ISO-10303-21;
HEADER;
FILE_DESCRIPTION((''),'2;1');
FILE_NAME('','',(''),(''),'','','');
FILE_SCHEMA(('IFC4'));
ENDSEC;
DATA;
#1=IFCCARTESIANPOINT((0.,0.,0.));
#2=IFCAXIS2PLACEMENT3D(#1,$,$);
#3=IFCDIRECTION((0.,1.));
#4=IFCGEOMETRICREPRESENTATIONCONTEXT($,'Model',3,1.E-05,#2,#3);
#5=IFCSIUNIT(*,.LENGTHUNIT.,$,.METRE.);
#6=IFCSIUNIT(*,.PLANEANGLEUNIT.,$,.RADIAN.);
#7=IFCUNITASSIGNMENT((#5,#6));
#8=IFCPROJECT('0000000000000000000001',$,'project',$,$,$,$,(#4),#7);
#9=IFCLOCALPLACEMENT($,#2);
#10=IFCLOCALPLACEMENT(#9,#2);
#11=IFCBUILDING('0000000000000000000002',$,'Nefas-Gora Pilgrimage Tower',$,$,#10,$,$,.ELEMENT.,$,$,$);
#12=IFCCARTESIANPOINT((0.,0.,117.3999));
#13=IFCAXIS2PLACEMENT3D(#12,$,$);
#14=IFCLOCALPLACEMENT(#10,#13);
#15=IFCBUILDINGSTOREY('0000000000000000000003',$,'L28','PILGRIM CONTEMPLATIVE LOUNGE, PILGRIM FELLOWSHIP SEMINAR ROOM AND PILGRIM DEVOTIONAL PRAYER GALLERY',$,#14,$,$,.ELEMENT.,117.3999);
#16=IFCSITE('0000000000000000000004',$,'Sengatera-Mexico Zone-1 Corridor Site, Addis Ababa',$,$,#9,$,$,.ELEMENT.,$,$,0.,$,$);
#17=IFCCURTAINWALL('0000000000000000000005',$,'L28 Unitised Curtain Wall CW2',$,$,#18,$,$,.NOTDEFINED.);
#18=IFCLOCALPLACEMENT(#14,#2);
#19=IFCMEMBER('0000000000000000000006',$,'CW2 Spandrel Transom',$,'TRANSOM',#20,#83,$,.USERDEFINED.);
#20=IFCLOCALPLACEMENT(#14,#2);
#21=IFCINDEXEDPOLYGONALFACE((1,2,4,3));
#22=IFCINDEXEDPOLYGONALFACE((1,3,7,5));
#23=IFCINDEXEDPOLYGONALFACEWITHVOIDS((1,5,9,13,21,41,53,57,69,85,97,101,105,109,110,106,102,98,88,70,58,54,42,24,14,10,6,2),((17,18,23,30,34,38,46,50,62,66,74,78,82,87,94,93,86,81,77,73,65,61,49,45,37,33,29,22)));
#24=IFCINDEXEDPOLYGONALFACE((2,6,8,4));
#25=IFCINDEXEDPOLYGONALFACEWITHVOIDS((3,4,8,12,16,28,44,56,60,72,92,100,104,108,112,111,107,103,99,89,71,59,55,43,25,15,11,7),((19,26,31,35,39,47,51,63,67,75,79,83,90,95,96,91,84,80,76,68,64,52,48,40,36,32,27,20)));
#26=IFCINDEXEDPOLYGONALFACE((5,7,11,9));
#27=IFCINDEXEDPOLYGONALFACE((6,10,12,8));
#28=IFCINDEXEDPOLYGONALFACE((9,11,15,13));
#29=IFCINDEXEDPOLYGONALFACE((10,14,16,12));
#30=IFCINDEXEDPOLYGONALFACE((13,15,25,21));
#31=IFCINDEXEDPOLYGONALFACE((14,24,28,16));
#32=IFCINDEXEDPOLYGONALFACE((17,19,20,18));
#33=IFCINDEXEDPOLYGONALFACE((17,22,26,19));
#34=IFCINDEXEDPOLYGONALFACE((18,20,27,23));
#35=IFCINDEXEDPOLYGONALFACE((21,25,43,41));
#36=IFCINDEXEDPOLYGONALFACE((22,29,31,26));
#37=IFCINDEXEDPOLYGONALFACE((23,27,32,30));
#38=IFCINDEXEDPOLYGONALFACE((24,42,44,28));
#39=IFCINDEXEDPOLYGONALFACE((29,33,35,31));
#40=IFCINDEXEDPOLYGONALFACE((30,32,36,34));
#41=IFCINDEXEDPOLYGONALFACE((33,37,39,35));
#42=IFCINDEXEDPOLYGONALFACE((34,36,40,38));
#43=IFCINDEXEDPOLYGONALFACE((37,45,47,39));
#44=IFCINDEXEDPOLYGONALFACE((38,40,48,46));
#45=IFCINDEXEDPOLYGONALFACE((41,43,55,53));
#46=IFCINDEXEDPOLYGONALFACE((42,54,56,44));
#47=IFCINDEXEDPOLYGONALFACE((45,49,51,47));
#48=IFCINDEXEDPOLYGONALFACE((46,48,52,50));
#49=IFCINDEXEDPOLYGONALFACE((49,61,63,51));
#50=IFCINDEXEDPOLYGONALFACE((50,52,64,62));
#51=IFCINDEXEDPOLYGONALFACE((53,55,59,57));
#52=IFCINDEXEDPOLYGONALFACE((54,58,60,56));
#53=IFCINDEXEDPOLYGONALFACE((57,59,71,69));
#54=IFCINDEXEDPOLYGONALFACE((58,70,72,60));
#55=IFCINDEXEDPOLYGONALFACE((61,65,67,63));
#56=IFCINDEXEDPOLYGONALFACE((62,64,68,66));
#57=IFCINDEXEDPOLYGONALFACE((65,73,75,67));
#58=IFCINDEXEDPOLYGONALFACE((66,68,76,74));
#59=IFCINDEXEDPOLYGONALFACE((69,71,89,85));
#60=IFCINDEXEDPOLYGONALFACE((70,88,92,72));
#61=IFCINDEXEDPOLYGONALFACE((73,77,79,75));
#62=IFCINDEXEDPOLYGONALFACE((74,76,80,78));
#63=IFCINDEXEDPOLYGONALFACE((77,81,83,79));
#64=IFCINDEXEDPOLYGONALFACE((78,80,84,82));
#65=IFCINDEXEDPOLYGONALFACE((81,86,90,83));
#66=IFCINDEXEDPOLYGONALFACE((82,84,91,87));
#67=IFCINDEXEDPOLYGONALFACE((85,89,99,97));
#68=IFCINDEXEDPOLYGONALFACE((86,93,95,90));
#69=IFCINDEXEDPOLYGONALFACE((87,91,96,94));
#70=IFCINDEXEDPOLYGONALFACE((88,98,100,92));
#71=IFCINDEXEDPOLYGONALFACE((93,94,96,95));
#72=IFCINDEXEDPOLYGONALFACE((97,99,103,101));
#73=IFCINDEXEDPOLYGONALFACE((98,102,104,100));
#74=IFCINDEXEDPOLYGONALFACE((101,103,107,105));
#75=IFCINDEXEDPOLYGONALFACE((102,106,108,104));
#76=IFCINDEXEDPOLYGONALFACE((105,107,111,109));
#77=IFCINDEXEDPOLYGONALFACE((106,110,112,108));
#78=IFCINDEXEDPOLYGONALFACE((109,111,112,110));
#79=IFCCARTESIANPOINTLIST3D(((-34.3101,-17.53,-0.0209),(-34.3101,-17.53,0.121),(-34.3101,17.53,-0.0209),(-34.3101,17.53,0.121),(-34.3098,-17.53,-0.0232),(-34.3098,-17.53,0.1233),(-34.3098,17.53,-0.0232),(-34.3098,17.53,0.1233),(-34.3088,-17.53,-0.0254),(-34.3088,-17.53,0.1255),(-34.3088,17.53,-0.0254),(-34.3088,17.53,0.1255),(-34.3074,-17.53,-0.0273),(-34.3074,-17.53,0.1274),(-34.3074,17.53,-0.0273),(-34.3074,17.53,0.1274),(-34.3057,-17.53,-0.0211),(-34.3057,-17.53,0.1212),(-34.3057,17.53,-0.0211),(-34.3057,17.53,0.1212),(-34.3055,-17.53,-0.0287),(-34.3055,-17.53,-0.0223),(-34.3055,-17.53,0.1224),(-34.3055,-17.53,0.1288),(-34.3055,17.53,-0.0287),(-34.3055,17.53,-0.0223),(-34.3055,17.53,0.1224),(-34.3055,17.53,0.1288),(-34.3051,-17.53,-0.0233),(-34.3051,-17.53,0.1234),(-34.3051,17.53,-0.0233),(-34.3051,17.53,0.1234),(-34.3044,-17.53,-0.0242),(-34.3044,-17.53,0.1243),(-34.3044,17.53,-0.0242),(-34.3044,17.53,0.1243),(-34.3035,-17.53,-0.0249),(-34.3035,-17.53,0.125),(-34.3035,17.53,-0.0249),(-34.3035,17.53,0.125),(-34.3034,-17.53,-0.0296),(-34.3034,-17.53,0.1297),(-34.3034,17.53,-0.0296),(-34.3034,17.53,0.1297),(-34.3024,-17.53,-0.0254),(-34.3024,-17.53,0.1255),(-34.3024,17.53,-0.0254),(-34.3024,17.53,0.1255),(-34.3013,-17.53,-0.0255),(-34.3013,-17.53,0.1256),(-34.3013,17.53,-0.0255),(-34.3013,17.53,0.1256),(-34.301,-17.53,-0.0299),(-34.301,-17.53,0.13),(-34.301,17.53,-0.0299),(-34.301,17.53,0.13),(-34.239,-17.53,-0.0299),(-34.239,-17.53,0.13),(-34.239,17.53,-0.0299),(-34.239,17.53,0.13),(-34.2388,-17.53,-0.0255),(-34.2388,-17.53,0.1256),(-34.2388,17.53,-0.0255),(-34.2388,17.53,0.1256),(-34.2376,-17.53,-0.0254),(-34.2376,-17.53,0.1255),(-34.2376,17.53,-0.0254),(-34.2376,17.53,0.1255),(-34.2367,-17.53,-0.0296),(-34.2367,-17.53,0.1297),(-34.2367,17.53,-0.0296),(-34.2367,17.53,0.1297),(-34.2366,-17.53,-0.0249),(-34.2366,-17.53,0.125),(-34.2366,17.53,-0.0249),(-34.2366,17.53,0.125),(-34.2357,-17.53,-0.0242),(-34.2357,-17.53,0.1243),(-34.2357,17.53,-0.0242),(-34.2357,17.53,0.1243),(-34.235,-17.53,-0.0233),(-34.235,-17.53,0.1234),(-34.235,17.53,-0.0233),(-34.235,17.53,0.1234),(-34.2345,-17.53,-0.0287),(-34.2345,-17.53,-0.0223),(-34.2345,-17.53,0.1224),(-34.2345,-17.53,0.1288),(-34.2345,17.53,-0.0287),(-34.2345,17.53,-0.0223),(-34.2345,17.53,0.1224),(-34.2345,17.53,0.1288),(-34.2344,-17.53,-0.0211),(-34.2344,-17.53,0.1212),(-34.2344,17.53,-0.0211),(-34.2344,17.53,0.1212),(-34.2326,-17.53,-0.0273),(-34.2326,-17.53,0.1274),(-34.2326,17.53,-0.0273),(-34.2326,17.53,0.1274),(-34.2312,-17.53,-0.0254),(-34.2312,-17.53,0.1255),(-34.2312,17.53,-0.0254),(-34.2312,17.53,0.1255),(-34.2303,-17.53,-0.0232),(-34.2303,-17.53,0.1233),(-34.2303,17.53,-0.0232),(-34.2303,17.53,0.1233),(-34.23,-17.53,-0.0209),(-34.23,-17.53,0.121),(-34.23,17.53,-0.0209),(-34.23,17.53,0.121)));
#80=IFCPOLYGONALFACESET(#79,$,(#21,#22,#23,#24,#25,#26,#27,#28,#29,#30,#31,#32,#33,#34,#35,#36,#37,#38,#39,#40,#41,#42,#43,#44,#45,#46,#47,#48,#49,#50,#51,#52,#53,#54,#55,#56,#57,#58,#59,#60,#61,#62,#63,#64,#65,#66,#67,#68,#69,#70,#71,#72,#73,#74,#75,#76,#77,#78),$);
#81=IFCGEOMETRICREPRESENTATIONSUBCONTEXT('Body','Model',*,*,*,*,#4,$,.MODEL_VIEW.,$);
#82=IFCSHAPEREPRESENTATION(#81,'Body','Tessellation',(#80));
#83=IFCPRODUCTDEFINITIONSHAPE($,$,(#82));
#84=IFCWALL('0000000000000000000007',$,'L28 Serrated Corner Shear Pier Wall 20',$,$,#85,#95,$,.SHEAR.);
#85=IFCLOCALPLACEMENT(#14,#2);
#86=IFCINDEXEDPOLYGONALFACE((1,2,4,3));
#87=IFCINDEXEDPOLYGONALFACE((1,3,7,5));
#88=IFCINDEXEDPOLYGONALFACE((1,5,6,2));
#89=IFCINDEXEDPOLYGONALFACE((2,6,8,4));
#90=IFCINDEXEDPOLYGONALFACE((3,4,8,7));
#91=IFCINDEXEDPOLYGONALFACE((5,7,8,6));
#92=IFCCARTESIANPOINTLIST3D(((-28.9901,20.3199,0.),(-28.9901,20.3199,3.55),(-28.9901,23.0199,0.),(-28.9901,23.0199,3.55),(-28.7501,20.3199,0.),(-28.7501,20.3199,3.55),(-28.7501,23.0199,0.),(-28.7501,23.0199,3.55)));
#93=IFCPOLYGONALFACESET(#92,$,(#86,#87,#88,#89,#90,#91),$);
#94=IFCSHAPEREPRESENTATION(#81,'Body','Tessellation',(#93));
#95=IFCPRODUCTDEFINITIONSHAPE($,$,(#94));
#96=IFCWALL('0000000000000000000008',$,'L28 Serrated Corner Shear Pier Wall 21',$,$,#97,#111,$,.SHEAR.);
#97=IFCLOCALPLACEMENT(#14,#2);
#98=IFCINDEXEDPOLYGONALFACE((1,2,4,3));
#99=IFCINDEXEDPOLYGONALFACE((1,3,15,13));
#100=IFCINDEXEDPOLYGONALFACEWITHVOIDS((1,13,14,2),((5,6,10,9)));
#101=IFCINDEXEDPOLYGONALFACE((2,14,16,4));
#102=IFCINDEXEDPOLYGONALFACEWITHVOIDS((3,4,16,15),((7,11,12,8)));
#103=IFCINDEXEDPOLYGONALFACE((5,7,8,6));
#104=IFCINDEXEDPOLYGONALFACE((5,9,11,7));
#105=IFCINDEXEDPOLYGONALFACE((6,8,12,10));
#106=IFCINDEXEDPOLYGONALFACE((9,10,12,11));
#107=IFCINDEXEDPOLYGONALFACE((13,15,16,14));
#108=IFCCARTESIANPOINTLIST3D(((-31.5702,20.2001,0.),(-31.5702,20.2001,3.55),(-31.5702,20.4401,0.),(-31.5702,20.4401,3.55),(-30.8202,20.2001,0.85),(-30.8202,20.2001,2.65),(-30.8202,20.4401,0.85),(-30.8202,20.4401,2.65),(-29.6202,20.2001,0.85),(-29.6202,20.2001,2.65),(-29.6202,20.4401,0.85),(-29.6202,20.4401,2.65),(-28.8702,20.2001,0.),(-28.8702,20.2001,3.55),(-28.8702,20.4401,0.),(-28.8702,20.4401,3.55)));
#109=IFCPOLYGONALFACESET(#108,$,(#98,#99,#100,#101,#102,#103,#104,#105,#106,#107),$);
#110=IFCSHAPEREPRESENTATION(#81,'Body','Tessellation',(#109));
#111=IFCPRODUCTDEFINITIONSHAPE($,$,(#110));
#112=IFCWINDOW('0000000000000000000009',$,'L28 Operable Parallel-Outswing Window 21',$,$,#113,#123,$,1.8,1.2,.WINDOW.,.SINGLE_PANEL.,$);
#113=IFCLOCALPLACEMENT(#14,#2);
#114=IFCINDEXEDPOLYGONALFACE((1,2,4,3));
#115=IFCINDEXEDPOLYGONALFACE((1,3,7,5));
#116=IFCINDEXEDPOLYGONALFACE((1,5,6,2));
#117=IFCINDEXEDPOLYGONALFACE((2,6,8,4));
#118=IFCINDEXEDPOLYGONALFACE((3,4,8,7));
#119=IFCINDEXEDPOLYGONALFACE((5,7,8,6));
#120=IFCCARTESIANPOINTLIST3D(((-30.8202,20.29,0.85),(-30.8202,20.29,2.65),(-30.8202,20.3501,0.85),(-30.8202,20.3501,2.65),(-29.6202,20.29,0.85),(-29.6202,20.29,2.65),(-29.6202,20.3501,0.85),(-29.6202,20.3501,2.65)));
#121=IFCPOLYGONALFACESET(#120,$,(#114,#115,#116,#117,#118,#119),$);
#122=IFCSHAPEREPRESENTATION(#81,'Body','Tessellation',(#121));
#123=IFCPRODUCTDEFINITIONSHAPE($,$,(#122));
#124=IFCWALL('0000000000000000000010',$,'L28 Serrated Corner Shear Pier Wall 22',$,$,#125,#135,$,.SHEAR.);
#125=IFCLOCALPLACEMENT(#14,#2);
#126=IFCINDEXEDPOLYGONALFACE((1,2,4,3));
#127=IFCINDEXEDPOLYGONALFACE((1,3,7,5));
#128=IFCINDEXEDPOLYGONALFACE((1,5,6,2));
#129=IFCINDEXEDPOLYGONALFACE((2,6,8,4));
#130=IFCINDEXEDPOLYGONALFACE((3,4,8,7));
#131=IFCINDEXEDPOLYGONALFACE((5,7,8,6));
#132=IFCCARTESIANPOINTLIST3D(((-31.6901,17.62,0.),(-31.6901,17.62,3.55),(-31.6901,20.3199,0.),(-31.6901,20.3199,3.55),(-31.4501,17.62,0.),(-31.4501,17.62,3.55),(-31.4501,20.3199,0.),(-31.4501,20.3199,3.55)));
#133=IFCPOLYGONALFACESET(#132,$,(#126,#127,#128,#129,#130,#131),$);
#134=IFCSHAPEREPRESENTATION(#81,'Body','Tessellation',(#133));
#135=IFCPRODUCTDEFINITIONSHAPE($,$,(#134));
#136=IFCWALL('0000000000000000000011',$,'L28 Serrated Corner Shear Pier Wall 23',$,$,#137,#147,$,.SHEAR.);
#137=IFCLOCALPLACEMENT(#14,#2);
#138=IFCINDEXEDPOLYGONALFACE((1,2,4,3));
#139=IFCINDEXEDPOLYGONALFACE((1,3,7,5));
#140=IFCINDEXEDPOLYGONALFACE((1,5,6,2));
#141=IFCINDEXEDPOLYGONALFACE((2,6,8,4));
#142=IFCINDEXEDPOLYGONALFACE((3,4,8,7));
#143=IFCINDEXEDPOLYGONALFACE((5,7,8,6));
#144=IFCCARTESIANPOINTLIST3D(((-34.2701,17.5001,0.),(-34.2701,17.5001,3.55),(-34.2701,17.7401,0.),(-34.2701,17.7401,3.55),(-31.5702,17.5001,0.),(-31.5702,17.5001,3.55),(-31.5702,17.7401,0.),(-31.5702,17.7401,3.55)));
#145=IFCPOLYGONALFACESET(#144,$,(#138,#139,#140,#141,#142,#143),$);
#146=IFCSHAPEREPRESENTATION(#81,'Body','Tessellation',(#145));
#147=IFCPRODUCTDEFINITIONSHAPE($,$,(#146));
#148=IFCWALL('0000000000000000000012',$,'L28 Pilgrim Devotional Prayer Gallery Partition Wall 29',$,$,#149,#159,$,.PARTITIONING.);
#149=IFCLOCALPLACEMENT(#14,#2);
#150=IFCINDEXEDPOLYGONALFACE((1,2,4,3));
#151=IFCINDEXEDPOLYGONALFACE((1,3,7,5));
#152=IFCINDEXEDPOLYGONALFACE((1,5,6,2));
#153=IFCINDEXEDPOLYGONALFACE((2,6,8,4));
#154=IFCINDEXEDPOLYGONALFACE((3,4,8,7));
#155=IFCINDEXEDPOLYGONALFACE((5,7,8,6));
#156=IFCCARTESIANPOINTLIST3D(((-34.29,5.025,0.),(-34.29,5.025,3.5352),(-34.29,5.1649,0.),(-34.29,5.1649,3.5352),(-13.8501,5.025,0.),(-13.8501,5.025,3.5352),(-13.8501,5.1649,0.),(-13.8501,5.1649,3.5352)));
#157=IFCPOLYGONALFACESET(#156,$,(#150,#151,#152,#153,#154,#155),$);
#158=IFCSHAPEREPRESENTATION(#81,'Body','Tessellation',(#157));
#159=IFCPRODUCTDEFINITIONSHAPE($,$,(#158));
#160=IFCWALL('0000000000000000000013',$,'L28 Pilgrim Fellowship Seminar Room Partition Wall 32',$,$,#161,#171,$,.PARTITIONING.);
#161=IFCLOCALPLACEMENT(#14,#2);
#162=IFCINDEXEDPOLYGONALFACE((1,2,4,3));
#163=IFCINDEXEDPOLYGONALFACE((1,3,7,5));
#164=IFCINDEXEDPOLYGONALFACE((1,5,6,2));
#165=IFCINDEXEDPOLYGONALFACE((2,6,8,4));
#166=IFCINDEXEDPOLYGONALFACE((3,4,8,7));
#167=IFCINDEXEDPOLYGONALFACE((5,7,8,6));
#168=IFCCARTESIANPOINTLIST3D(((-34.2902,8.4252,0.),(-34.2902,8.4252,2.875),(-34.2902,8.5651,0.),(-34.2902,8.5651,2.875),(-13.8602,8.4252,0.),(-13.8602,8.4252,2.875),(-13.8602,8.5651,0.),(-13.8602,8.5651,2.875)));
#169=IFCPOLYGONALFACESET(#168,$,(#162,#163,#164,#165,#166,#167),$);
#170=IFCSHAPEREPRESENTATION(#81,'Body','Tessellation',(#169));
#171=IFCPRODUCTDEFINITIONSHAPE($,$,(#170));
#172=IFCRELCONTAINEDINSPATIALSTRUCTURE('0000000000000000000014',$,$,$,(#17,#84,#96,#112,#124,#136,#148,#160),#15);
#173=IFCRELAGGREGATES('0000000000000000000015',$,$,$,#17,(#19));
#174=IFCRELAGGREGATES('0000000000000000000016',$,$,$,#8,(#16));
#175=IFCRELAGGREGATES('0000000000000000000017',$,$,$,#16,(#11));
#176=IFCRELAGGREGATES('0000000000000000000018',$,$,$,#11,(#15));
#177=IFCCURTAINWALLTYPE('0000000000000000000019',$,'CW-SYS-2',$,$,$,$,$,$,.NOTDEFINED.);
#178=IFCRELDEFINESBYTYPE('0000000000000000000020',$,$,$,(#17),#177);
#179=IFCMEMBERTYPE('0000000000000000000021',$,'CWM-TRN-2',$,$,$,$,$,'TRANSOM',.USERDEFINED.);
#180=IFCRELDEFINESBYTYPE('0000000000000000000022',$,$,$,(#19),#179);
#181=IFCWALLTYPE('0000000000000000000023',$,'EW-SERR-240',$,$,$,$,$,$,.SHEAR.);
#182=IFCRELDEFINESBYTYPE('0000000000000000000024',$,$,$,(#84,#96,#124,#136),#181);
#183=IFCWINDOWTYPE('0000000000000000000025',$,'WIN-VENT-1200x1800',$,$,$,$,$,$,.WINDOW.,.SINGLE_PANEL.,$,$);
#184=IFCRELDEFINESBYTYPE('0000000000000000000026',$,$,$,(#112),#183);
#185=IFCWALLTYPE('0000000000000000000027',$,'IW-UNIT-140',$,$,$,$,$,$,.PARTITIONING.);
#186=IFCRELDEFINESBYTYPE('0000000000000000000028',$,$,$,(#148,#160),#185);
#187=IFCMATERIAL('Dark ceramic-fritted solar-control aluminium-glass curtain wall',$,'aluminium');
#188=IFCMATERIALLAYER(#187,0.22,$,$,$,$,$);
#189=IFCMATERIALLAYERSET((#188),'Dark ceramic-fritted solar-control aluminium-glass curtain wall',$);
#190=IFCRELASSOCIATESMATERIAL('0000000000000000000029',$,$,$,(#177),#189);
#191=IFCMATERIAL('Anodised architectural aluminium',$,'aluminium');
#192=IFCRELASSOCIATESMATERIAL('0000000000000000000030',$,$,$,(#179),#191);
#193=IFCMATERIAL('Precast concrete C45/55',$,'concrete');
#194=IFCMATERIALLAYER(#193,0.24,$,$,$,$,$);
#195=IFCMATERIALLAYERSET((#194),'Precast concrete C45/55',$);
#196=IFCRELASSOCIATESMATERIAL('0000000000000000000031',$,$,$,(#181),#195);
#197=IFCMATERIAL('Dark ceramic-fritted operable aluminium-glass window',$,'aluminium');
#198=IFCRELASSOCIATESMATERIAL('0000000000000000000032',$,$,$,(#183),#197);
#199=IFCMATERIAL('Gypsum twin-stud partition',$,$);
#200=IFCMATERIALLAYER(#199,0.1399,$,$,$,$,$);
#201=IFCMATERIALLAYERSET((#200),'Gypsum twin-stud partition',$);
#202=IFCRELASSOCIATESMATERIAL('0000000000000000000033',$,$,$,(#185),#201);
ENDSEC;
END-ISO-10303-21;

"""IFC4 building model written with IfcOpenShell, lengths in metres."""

from ifc_helpers import new_model, si_unit, direction, frame, frame_2d, origin, origin_2d, place, context, subcontext, project, spatial, rectangle, hollow_rectangle, extrude, source, transform, mapped, material, layer, layer_set, material_profile, profile_set, type_object, element, fill, aggregate, save


model = new_model("IFC4")

# Units and contexts
model_context = context("Model", 3, precision=1e-05, world=origin(), true_north=direction((0.0, 1.0)))
body_context = subcontext(model_context, "Body", "Model", "MODEL_VIEW")
ifc_project = project(units=[si_unit("LENGTHUNIT", "METRE"), si_unit("PLANEANGLEUNIT", "RADIAN")], contexts=[model_context])

# Site, building, storey
site_placement = place(None, origin())
site = spatial("IfcSite", under=ifc_project, at=site_placement, Name="Sengatera-Mexico Zone-1 Corridor Site, Addis Ababa", CompositionType="ELEMENT", RefElevation=0.0)
building_placement = place(site_placement, origin())
building = spatial("IfcBuilding", under=site, at=building_placement, Name="Nefas-Gora Pilgrimage Tower", CompositionType="ELEMENT")
storey_placement = place(building_placement, frame((0.0, 0.0, 117.3999)))
storey = spatial("IfcBuildingStorey", under=building, at=storey_placement, Name="L28", Description="PILGRIM CONTEMPLATIVE LOUNGE, PILGRIM FELLOWSHIP SEMINAR ROOM AND PILGRIM DEVOTIONAL PRAYER GALLERY", CompositionType="ELEMENT", Elevation=117.3999)

# Shared definitions
ifc_material_1 = material(Name="Dark ceramic-fritted solar-control aluminium-glass curtain wall", Category="aluminium")
ifc_layer_1 = layer(ifc_material_1, 0.22)
ifc_layer_set_1 = layer_set([ifc_layer_1], Name="Dark ceramic-fritted solar-control aluminium-glass curtain wall")
curtain_wall_type = type_object("IfcCurtainWallType", Name="CW-SYS-2", PredefinedType="NOTDEFINED", material=ifc_layer_set_1)
ifc_material_2 = material(Name="Anodised architectural aluminium", Category="aluminium")

# Curtain wall, member
curtain_wall_1_placement = place(storey_placement, origin())
curtain_wall_1 = element("IfcCurtainWall", 1, at=curtain_wall_1_placement, inside=storey, type_object=curtain_wall_type, Name="L28 Unitised Curtain Wall CW2", PredefinedType="NOTDEFINED")
ifc_material_profile_1 = material_profile(ifc_material_2, hollow_rectangle(XDim=0.0801, YDim=0.1599, WallThickness=0.0044, InnerFilletRadius=0.0044, OuterFilletRadius=0.009, at=origin_2d()), Name="ALU TRANSOM 80x160")
ifc_profile_set_1 = profile_set([ifc_material_profile_1], Name="Anodised architectural aluminium")
member_type_1 = type_object("IfcMemberType", Name="CWM-TRN-2", ElementType="TRANSOM", PredefinedType="USERDEFINED", material=ifc_profile_set_1)
shared_shape_1 = source(origin(), body_context, "Body", "SweptSolid", [
    extrude(hollow_rectangle(XDim=0.0801, YDim=0.1599, WallThickness=0.0044, InnerFilletRadius=0.0044, OuterFilletRadius=0.009, at=origin_2d()), origin(), (0.0, 0.0, 1.0), 35.0601),
])
member_1_placement = place(storey_placement, frame((-34.27, 17.53, 0.05), z_axis=(0.0, -1.0, 0.0), x_axis=(1.0, 0.0, 0.0)))
member_1 = element("IfcMember", 2, at=member_1_placement, type_object=member_type_1, Name="CW2 Spandrel Transom", ObjectType="TRANSOM", PredefinedType="USERDEFINED", context=body_context, shape_type="MappedRepresentation", body=[
    mapped(shared_shape_1, transform((0.0, 0.0, 0.0), x_axis=(1.0, 0.0, 0.0), y_axis=(0.0, 1.0, 0.0), z_axis=(0.0, 0.0, 1.0), scale=1.0)),
])
aggregate(curtain_wall_1, [member_1])

# Wall
ifc_material_3 = material(Name="Precast concrete C45/55", Category="concrete")
ifc_layer_2 = layer(ifc_material_3, 0.24)
ifc_layer_set_2 = layer_set([ifc_layer_2], Name="Precast concrete C45/55")
wall_type_1 = type_object("IfcWallType", Name="EW-SERR-240", PredefinedType="SHEAR", material=ifc_layer_set_2)
shared_shape_2 = source(origin(), body_context, "Body", "SweptSolid", [
    extrude(rectangle(XDim=2.7, YDim=0.24, at=frame_2d((1.3501, 0.0))), origin(), (0.0, 0.0, 1.0), 3.55),
])
wall_1_placement = place(storey_placement, frame((-28.8701, 23.02, 0.0), z_axis=(0.0, 0.0, 1.0), x_axis=(0.0, -1.0, 0.0)))
element("IfcWall", 3, at=wall_1_placement, inside=storey, type_object=wall_type_1, Name="L28 Serrated Corner Shear Pier Wall 20", PredefinedType="SHEAR", context=body_context, shape_type="MappedRepresentation", body=[
    mapped(shared_shape_2, transform((0.0, 0.0, 0.0), x_axis=(1.0, 0.0, 0.0), y_axis=(0.0, 1.0, 0.0), z_axis=(0.0, 0.0, 1.0), scale=1.0)),
])

# Wall, opening, window
wall_2_placement = place(storey_placement, frame((-28.8701, 20.3201, 0.0), z_axis=(0.0, 0.0, 1.0), x_axis=(-1.0, 0.0, 0.0)))
wall_2 = element("IfcWall", 4, at=wall_2_placement, inside=storey, type_object=wall_type_1, Name="L28 Serrated Corner Shear Pier Wall 21", PredefinedType="SHEAR", context=body_context, shape_type="MappedRepresentation", body=[
    mapped(shared_shape_2, transform((0.0, 0.0, 0.0), x_axis=(1.0, 0.0, 0.0), y_axis=(0.0, 1.0, 0.0), z_axis=(0.0, 0.0, 1.0), scale=1.0)),
])
opening_placement = place(wall_2_placement, frame((0.75, 0.0, 0.8501)))
opening = element("IfcOpeningElement", 5, at=opening_placement, cuts=wall_2, PredefinedType="OPENING", context=body_context, shape_type="SweptSolid", body=[
    extrude(rectangle(XDim=1.2, YDim=1.8, at=frame_2d((0.6001, 0.8999))), frame((0.0, 0.1299, 0.0), z_axis=(0.0, -1.0, 0.0), x_axis=(1.0, 0.0, 0.0)), (0.0, 0.0, 1.0), 0.26),
])
ifc_material_4 = material(Name="Dark ceramic-fritted operable aluminium-glass window", Category="aluminium")
window_type = type_object("IfcWindowType", Name="WIN-VENT-1200x1800", PartitioningType="SINGLE_PANEL", PredefinedType="WINDOW", material=ifc_material_4)
shared_shape_3 = source(origin(), body_context, "Body", "SweptSolid", [
    extrude(rectangle(XDim=1.2, YDim=1.8, at=frame_2d((0.6001, 0.8999))), frame((0.0, 0.03, 0.0), z_axis=(0.0, -1.0, 0.0), x_axis=(1.0, 0.0, 0.0)), (0.0, 0.0, 1.0), 0.0601),
])
window_placement = place(opening_placement, origin())
window = element("IfcWindow", 6, at=window_placement, inside=storey, type_object=window_type, Name="L28 Operable Parallel-Outswing Window 21", OverallHeight=1.8, OverallWidth=1.2, PartitioningType="SINGLE_PANEL", PredefinedType="WINDOW", context=body_context, shape_type="MappedRepresentation", body=[
    mapped(shared_shape_3, transform((0.0, 0.0, 0.0), x_axis=(1.0, 0.0, 0.0), y_axis=(0.0, 1.0, 0.0), z_axis=(0.0, 0.0, 1.0), scale=1.0)),
])
fill(opening, window)

# Walls
for number, where, z_axis, x_axis, name in (
    (7, (-31.5701, 20.3201, 0.0), (0.0, 0.0, 1.0), (0.0, -1.0, 0.0), "L28 Serrated Corner Shear Pier Wall 22"),
    (8, (-31.5701, 17.6201, 0.0), (0.0, 0.0, 1.0), (-1.0, 0.0, 0.0), "L28 Serrated Corner Shear Pier Wall 23"),
):
    element("IfcWall", number, at=place(storey_placement, frame(where, z_axis=z_axis, x_axis=x_axis)), inside=storey, type_object=wall_type_1, Name=name, PredefinedType="SHEAR", context=body_context, shape_type="MappedRepresentation", body=[
        mapped(shared_shape_2, transform((0.0, 0.0, 0.0), x_axis=(1.0, 0.0, 0.0), y_axis=(0.0, 1.0, 0.0), z_axis=(0.0, 0.0, 1.0), scale=1.0)),
    ])
ifc_material_5 = material(Name="Gypsum twin-stud partition")
ifc_layer_3 = layer(ifc_material_5, 0.1399)
ifc_layer_set_3 = layer_set([ifc_layer_3], Name="Gypsum twin-stud partition")
wall_type_2 = type_object("IfcWallType", Name="IW-UNIT-140", PredefinedType="PARTITIONING", material=ifc_layer_set_3)
shared_shape_4 = source(origin(), body_context, "Body", "SweptSolid", [
    extrude(rectangle(XDim=20.4399, YDim=0.1399, at=frame_2d((10.22, 0.0))), origin(), (0.0, 0.0, 1.0), 3.5352),
])
wall_3_placement = place(storey_placement, frame((-34.29, 5.095, 0.0), z_axis=(0.0, 0.0, 1.0), x_axis=(1.0, 0.0, 0.0)))
element("IfcWall", 9, at=wall_3_placement, inside=storey, type_object=wall_type_2, Name="L28 Pilgrim Devotional Prayer Gallery Partition Wall 29", PredefinedType="PARTITIONING", context=body_context, shape_type="MappedRepresentation", body=[
    mapped(shared_shape_4, transform((0.0, 0.0, 0.0), x_axis=(1.0, 0.0, 0.0), y_axis=(0.0, 1.0, 0.0), z_axis=(0.0, 0.0, 1.0), scale=1.0)),
])
shared_shape_5 = source(origin(), body_context, "Body", "SweptSolid", [
    extrude(rectangle(XDim=20.4299, YDim=0.1399, at=frame_2d((10.2148, 0.0))), origin(), (0.0, 0.0, 1.0), 2.875),
])
wall_4_placement = place(storey_placement, frame((-34.29, 8.4951, 0.0), z_axis=(0.0, 0.0, 1.0), x_axis=(1.0, 0.0, 0.0)))
element("IfcWall", 10, at=wall_4_placement, inside=storey, type_object=wall_type_2, Name="L28 Pilgrim Fellowship Seminar Room Partition Wall 32", PredefinedType="PARTITIONING", context=body_context, shape_type="MappedRepresentation", body=[
    mapped(shared_shape_5, transform((0.0, 0.0, 0.0), x_axis=(1.0, 0.0, 0.0), y_axis=(0.0, 1.0, 0.0), z_axis=(0.0, 0.0, 1.0), scale=1.0)),
])

save(model, "model.ifc")
